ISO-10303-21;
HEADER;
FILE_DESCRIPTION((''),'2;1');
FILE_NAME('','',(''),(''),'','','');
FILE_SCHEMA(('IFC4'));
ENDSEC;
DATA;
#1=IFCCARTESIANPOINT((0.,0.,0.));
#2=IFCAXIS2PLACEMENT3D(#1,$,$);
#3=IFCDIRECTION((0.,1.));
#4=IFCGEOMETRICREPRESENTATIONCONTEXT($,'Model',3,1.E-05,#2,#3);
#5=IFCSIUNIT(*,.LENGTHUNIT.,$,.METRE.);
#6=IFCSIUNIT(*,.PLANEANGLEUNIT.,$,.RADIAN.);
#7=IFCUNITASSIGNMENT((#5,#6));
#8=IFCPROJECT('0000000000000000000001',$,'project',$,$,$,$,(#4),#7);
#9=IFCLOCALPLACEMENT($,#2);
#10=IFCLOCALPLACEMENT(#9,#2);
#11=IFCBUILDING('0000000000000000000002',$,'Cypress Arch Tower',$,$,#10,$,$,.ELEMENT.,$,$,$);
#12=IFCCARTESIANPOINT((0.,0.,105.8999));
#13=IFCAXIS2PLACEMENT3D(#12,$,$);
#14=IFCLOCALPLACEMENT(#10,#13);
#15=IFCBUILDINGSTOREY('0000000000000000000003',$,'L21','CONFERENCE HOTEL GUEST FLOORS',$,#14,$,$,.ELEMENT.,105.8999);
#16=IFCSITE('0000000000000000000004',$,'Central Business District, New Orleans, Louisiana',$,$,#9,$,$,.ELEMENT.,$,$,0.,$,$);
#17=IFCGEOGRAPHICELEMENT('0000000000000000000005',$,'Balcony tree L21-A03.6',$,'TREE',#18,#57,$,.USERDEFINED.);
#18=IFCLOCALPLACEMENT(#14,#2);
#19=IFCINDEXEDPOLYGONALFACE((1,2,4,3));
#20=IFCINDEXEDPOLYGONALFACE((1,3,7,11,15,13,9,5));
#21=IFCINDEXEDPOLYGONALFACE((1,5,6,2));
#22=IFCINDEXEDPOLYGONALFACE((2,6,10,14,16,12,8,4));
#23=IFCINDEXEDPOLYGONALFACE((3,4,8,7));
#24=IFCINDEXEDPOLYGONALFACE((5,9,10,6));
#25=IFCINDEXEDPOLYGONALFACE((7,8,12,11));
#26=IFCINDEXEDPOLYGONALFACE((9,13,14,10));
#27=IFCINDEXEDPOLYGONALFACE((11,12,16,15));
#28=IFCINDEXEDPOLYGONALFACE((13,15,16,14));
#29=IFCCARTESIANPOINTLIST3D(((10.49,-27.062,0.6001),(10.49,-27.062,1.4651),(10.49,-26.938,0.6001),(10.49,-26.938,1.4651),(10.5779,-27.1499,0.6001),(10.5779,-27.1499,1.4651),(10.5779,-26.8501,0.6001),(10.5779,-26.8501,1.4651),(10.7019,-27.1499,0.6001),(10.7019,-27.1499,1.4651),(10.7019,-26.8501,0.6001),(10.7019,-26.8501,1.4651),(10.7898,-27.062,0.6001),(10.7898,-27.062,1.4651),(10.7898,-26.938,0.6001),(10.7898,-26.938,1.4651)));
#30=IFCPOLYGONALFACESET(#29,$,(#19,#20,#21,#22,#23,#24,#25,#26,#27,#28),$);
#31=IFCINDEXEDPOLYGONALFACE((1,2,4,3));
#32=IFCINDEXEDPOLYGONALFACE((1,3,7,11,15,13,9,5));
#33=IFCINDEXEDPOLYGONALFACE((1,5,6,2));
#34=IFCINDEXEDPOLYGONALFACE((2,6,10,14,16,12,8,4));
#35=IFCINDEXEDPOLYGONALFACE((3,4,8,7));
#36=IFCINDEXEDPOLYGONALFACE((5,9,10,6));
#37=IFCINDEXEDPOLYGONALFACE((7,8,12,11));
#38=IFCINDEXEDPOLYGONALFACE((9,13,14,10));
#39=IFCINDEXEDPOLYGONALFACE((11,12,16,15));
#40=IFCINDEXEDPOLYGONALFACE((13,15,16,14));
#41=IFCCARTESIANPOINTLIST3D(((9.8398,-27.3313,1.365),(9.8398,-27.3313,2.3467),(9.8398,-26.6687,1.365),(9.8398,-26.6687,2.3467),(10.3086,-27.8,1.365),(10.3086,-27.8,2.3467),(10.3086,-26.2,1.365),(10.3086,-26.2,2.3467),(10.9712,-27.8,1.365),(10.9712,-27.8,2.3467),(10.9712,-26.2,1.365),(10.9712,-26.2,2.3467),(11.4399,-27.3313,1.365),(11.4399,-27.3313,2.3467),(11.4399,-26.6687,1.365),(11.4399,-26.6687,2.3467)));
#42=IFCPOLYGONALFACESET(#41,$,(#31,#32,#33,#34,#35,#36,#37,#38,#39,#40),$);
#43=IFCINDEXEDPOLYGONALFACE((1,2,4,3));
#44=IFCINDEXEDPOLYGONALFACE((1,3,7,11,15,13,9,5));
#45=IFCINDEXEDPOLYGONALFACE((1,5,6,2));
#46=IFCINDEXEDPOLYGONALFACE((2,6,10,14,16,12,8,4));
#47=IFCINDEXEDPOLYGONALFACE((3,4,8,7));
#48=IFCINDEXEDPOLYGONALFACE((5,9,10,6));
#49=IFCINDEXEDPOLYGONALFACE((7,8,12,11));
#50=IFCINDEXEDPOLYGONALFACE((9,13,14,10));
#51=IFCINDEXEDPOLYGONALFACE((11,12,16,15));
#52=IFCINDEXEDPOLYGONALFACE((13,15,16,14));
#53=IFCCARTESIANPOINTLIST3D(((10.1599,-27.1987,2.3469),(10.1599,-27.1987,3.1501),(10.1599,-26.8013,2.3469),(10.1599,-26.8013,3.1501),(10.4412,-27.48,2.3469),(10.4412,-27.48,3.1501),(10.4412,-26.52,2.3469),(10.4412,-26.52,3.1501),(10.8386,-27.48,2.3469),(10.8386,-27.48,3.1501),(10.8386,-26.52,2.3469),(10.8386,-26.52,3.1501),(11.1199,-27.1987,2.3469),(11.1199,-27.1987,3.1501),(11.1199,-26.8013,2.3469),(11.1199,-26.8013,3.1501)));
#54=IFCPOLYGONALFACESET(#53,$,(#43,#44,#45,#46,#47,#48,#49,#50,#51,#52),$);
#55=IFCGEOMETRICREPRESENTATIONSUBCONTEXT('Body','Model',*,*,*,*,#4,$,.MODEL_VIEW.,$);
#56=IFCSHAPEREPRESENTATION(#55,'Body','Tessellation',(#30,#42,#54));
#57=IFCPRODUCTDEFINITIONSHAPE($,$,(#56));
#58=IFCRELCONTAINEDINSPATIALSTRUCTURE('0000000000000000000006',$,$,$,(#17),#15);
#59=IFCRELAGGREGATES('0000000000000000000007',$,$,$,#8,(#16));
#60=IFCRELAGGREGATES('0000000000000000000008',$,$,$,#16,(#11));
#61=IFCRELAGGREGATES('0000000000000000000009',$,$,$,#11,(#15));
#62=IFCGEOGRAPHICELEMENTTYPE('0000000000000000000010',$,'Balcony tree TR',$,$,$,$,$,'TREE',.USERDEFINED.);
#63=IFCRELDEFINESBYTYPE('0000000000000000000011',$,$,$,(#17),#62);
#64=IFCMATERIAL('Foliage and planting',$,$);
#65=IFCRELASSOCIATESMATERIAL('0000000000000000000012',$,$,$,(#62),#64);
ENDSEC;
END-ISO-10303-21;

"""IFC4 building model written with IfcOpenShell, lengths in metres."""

from ifc_helpers import new_model, si_unit, direction, frame, origin, place, context, subcontext, project, spatial, polyline, outline, extrude, material, type_object, element, save


model = new_model("IFC4")

# Units and contexts
model_context = context("Model", 3, precision=1e-05, world=origin(), true_north=direction((0.0, 1.0)))
body_context = subcontext(model_context, "Body", "Model", "MODEL_VIEW")
ifc_project = project(units=[si_unit("LENGTHUNIT", "METRE"), si_unit("PLANEANGLEUNIT", "RADIAN")], contexts=[model_context])

# Site, building, storey
site_placement = place(None, origin())
site = spatial("IfcSite", under=ifc_project, at=site_placement, Name="Central Business District, New Orleans, Louisiana", CompositionType="ELEMENT", RefElevation=0.0)
building_placement = place(site_placement, origin())
building = spatial("IfcBuilding", under=site, at=building_placement, Name="Cypress Arch Tower", CompositionType="ELEMENT")
storey_placement = place(building_placement, frame((0.0, 0.0, 105.8999)))
storey = spatial("IfcBuildingStorey", under=building, at=storey_placement, Name="L21", Description="CONFERENCE HOTEL GUEST FLOORS", CompositionType="ELEMENT", Elevation=105.8999)

# Geographic element
ifc_material_1 = material(Name="Foliage and planting")
geographic_element_type = type_object("IfcGeographicElementType", Name="Balcony tree TR", ElementType="TREE", PredefinedType="USERDEFINED", material=ifc_material_1)
geographic_element_placement = place(storey_placement, frame((10.6399, -27.0, 0.6001), z_axis=(0.0, 0.0, 1.0), x_axis=(1.0, 0.0, 0.0)))
element("IfcGeographicElement", 1, at=geographic_element_placement, inside=storey, type_object=geographic_element_type, Name="Balcony tree L21-A03.6", ObjectType="TREE", PredefinedType="USERDEFINED", context=body_context, shape_type="SweptSolid", body=[
    extrude(outline(polyline([(0.1499, 0.062), (0.062, 0.1499), (-0.062, 0.1499), (-0.1499, 0.062), (-0.1499, -0.062), (-0.062, -0.1499), (0.062, -0.1499), (0.1499, -0.062), (0.1499, 0.062)])), origin(), (0.0, 0.0, 1.0), 0.865),
    extrude(outline(polyline([(0.8, 0.3313), (0.3313, 0.8), (-0.3313, 0.8), (-0.8, 0.3313), (-0.8, -0.3313), (-0.3313, -0.8), (0.3313, -0.8), (0.8, -0.3313), (0.8, 0.3313)])), frame((0.0, 0.0, 0.7649)), (0.0, 0.0, 1.0), 0.9817),
    extrude(outline(polyline([(0.48, 0.1987), (0.1987, 0.48), (-0.1987, 0.48), (-0.48, 0.1987), (-0.48, -0.1987), (-0.1987, -0.48), (0.1987, -0.48), (0.48, -0.1987), (0.48, 0.1987)])), frame((0.0, 0.0, 1.7468)), (0.0, 0.0, 1.0), 0.8032),
])

save(model, "model.ifc")
